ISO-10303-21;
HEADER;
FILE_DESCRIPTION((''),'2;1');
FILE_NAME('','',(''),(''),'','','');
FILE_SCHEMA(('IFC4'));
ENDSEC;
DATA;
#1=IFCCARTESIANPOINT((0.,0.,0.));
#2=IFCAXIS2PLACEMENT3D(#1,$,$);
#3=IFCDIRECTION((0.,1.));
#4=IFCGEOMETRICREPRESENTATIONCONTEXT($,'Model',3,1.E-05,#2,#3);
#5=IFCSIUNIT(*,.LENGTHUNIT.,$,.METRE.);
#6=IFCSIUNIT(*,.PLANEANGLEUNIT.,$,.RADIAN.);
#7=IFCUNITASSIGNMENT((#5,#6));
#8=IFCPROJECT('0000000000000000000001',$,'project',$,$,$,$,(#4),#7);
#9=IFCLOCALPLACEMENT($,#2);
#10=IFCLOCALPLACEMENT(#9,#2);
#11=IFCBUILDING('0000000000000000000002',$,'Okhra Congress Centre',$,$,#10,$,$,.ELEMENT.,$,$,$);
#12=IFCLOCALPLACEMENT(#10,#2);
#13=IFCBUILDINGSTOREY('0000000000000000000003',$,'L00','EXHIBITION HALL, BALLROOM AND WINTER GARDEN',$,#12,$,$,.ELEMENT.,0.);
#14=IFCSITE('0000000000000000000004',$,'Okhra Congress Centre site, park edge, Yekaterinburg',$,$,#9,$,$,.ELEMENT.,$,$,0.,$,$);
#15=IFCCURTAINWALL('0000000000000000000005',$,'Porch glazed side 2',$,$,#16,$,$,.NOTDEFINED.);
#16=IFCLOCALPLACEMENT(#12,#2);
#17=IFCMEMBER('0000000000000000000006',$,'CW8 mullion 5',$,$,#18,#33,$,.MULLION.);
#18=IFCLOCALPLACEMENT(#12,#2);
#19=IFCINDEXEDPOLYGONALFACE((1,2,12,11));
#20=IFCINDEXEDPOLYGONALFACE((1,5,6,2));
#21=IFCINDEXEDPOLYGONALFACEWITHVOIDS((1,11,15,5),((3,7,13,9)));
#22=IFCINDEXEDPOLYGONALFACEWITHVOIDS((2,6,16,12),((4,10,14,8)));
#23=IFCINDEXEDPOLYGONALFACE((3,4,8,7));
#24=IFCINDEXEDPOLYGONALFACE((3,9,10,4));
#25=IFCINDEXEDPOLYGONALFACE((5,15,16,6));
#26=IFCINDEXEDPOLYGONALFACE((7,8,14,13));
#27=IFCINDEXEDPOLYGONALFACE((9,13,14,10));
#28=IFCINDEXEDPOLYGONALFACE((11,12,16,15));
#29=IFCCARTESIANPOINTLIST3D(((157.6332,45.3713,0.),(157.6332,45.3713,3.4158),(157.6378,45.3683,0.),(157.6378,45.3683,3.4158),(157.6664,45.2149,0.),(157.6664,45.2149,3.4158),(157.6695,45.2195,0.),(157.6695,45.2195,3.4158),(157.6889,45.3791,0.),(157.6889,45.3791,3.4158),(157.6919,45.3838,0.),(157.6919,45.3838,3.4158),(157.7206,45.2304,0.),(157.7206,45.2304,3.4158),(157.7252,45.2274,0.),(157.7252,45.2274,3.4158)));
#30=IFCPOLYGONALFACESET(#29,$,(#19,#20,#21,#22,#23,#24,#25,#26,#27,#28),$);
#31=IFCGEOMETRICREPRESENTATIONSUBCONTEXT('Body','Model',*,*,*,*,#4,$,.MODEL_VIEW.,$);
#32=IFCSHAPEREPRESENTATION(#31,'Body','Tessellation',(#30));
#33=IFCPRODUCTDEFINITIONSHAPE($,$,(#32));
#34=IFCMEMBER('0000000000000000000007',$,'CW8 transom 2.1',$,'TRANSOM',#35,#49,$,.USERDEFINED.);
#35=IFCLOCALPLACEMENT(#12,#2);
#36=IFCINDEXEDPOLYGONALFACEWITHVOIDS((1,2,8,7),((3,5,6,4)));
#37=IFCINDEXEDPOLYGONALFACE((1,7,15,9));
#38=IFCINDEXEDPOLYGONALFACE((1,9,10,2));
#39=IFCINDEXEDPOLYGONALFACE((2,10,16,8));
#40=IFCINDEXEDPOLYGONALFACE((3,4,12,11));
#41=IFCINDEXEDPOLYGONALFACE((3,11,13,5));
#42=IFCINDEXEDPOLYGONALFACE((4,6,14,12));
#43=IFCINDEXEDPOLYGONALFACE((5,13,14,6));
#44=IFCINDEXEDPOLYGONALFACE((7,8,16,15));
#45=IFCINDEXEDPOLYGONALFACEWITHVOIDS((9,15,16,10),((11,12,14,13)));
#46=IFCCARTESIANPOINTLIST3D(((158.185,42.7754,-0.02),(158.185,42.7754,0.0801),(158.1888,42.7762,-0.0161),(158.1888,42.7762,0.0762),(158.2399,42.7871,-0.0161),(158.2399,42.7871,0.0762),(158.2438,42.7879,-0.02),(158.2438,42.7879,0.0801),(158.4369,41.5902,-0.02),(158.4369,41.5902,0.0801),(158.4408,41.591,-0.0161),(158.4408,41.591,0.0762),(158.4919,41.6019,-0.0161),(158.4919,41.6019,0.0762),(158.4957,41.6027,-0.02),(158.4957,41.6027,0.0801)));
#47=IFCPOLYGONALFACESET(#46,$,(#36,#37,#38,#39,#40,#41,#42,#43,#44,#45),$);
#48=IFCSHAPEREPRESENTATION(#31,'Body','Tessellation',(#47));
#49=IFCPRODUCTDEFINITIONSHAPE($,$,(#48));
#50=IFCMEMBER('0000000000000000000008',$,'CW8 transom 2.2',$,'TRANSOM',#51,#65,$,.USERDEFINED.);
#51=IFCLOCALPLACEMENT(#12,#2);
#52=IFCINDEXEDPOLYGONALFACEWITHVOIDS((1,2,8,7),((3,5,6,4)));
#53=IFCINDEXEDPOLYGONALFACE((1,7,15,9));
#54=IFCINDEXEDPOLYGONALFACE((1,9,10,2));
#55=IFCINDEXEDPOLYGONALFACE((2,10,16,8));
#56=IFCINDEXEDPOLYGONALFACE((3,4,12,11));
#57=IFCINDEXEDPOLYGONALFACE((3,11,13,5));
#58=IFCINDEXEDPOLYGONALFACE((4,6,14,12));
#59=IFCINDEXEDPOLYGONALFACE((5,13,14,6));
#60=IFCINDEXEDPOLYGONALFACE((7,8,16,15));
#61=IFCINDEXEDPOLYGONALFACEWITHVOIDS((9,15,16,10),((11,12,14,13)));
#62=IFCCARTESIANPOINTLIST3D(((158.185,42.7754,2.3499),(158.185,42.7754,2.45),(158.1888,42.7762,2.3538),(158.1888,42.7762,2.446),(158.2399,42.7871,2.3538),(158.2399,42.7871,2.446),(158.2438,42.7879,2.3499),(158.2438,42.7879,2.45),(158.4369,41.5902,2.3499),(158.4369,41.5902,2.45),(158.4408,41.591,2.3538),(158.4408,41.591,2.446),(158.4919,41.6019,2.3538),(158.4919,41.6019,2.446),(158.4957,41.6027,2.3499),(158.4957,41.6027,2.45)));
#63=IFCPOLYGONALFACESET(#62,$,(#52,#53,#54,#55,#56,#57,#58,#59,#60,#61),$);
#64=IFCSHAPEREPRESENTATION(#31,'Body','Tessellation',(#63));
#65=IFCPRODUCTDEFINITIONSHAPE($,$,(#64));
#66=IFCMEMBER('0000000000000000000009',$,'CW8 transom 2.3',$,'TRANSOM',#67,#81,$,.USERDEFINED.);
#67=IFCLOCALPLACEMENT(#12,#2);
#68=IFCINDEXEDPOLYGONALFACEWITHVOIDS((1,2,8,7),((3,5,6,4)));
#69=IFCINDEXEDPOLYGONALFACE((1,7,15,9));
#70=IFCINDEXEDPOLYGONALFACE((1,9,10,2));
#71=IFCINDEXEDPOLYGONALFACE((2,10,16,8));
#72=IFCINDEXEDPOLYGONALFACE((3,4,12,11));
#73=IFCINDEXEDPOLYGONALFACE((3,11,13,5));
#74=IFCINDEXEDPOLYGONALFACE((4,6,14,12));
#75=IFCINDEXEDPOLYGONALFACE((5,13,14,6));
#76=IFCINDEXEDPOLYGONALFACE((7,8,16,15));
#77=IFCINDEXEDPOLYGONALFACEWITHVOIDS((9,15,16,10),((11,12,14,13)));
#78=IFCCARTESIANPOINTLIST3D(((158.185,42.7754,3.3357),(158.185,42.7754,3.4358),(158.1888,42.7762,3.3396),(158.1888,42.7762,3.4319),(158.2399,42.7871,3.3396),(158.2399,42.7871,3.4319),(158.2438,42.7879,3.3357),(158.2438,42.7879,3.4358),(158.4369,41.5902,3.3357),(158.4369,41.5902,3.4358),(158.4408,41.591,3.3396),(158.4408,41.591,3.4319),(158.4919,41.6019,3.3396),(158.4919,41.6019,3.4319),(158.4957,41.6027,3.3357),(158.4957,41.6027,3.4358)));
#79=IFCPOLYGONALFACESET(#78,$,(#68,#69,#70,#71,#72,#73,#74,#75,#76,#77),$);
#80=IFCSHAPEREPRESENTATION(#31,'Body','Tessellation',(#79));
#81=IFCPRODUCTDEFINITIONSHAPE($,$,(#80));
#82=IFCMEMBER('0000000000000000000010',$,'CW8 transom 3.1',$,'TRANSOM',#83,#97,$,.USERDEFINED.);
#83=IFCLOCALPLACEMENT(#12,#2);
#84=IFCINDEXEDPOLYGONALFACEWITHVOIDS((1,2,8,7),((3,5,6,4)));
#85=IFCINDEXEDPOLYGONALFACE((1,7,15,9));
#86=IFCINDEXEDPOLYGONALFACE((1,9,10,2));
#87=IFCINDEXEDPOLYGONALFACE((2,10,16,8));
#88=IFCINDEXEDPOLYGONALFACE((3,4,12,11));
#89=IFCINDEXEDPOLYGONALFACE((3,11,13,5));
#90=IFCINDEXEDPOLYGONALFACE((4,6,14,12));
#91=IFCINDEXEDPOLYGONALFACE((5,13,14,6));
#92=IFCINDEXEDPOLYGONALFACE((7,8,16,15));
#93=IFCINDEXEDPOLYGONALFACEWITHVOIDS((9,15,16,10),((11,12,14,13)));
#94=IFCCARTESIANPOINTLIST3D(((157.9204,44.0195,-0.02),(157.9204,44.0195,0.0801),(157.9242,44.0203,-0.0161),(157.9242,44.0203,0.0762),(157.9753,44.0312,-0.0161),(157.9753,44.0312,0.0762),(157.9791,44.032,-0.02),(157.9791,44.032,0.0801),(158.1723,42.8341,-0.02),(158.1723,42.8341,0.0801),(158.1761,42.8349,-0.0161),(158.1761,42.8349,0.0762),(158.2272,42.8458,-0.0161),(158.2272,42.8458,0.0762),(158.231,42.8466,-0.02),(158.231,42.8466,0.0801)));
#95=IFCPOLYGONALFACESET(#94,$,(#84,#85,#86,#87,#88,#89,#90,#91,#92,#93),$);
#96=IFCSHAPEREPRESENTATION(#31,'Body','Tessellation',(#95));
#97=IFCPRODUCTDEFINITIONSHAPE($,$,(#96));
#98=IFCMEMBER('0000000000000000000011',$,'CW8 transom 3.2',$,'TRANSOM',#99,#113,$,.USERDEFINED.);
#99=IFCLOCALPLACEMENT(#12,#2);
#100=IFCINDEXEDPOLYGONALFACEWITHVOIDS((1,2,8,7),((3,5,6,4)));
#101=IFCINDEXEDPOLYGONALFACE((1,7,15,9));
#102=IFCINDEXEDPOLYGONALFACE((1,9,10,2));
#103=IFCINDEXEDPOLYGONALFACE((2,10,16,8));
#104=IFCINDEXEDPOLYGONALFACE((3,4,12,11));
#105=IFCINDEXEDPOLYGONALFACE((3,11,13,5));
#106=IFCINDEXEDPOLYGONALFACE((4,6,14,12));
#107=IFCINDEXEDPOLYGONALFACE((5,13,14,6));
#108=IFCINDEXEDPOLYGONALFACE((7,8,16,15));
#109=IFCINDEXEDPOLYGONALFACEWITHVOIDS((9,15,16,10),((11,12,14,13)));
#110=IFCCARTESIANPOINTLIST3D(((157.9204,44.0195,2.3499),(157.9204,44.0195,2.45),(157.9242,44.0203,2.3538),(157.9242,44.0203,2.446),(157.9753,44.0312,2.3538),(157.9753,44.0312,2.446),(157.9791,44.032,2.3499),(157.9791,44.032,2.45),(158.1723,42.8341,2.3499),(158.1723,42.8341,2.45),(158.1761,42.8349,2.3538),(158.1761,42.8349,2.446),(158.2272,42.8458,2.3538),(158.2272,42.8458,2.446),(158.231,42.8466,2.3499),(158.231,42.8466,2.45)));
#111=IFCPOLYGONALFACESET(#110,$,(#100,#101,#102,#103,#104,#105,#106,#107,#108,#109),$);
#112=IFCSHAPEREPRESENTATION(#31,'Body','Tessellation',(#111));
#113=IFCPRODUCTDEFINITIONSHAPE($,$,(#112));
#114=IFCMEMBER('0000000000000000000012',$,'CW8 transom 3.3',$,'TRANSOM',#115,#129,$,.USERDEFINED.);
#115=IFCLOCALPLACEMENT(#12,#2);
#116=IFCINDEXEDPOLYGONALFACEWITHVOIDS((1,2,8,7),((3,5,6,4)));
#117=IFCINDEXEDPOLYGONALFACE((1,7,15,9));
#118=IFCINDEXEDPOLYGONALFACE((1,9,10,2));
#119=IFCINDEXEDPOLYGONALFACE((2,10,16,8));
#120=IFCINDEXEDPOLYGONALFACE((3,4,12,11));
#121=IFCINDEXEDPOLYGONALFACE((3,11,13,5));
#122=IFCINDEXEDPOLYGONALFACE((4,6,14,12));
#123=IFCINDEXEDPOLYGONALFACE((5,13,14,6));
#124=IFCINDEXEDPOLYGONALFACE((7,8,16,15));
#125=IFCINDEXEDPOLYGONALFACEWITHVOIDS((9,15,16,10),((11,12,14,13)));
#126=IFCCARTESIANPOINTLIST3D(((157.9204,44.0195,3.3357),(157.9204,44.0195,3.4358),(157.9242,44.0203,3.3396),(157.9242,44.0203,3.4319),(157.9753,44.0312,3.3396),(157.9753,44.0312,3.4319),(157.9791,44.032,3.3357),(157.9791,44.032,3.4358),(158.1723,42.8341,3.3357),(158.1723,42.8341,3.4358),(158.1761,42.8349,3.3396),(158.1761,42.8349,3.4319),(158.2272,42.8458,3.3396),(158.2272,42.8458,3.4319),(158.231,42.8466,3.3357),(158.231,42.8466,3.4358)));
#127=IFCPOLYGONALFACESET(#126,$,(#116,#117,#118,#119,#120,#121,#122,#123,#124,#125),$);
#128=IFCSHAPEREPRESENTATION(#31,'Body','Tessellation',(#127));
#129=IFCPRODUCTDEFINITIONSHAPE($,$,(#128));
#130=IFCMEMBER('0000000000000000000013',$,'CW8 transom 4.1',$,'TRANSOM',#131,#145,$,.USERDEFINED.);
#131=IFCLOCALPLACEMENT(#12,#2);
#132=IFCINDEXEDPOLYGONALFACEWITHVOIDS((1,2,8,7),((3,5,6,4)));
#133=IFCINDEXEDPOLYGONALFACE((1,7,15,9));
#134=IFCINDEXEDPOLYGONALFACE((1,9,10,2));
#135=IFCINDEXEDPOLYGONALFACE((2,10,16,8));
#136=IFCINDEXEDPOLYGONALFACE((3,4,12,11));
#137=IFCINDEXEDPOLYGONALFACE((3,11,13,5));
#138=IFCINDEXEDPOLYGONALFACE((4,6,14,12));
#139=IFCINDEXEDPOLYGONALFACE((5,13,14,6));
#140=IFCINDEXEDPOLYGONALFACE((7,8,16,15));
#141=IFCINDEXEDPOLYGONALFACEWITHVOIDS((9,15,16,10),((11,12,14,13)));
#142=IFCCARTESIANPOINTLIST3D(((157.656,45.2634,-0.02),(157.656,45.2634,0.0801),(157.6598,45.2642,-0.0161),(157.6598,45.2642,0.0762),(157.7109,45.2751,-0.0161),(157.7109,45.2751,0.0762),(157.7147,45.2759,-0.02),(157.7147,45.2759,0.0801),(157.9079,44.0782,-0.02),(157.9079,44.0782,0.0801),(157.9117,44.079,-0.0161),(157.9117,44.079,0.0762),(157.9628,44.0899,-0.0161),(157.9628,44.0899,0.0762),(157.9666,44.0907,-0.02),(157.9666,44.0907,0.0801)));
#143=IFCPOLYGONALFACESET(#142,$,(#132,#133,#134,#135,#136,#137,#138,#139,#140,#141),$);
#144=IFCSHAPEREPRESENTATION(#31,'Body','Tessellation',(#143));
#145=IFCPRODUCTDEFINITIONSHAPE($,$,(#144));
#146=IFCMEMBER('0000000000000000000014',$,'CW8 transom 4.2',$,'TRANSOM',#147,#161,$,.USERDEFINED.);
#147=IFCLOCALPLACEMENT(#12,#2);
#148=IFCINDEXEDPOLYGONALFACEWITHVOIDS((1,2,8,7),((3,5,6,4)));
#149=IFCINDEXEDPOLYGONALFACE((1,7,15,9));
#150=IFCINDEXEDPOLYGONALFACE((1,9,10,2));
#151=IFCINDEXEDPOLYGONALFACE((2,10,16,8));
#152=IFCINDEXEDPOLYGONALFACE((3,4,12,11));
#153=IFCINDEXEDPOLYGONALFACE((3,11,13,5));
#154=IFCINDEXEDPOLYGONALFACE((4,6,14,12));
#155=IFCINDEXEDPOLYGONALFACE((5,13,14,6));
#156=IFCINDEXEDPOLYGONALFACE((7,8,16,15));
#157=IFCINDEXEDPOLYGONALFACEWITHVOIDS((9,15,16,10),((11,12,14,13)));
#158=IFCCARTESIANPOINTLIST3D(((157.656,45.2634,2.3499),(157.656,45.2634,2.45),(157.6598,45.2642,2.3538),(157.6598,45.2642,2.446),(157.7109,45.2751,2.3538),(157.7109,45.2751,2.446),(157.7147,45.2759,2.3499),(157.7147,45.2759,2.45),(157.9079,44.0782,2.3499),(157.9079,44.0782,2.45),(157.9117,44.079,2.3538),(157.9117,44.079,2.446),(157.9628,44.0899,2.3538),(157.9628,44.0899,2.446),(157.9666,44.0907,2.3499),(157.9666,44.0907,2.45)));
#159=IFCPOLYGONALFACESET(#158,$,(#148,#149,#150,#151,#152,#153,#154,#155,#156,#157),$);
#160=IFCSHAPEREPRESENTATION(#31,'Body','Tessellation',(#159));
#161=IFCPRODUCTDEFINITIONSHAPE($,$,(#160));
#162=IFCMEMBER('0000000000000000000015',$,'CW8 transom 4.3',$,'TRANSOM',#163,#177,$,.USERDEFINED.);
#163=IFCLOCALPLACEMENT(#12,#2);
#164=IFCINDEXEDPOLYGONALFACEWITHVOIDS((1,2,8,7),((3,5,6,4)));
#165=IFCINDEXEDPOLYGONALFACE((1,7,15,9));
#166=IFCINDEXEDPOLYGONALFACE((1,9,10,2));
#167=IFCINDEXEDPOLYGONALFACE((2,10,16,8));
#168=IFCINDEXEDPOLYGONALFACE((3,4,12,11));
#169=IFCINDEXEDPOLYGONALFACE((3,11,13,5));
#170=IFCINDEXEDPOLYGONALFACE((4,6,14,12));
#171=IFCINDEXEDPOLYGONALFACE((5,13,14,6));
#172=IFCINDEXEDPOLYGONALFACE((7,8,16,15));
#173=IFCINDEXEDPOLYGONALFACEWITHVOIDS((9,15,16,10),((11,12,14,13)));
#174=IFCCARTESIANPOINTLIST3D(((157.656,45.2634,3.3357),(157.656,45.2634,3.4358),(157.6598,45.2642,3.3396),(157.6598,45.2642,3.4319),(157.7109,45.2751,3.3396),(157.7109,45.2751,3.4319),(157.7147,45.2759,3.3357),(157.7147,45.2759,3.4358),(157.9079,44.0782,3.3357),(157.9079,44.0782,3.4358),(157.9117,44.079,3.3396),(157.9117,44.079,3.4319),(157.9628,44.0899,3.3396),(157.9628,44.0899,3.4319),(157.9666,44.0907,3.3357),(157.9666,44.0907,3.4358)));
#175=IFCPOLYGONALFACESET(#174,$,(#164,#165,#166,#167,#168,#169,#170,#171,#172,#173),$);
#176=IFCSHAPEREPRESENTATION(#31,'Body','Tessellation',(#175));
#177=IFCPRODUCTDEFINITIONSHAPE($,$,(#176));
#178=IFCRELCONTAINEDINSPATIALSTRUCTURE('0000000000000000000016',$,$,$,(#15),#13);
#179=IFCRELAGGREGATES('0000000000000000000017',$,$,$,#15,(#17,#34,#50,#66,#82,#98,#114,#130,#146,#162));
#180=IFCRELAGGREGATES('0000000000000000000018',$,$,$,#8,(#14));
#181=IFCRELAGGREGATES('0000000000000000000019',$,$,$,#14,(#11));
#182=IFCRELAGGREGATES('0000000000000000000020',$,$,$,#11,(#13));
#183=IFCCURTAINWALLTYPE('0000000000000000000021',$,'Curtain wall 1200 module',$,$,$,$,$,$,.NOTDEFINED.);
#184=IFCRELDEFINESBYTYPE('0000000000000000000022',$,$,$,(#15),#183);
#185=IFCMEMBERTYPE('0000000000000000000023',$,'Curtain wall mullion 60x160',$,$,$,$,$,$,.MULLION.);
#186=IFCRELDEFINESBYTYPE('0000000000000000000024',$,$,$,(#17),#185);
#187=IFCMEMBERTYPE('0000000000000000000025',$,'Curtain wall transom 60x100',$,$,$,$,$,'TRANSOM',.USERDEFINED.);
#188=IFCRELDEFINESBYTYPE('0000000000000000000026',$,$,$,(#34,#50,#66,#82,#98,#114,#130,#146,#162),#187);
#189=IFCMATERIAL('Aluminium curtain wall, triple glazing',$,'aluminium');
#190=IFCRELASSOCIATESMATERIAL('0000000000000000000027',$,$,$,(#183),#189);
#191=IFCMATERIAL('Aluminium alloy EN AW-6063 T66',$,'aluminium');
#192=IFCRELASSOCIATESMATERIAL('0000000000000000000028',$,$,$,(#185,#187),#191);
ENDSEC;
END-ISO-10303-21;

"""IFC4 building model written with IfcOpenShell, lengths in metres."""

from ifc_helpers import new_model, si_unit, direction, frame, origin, origin_2d, place, context, subcontext, project, spatial, hollow_rectangle, extrude, material, material_profile, profile_set, type_object, element, aggregate, save


model = new_model("IFC4")

# Units and contexts
model_context = context("Model", 3, precision=1e-05, world=origin(), true_north=direction((0.0, 1.0)))
body_context = subcontext(model_context, "Body", "Model", "MODEL_VIEW")
ifc_project = project(units=[si_unit("LENGTHUNIT", "METRE"), si_unit("PLANEANGLEUNIT", "RADIAN")], contexts=[model_context])

# Site, building, storey
site_placement = place(None, origin())
site = spatial("IfcSite", under=ifc_project, at=site_placement, Name="Okhra Congress Centre site, park edge, Yekaterinburg", CompositionType="ELEMENT", RefElevation=0.0)
building_placement = place(site_placement, origin())
building = spatial("IfcBuilding", under=site, at=building_placement, Name="Okhra Congress Centre", CompositionType="ELEMENT")
storey_placement = place(building_placement, origin())
storey = spatial("IfcBuildingStorey", under=building, at=storey_placement, Name="L00", Description="EXHIBITION HALL, BALLROOM AND WINTER GARDEN", CompositionType="ELEMENT", Elevation=0.0)

# Curtain wall, members
ifc_material_1 = material(Name="Aluminium curtain wall, triple glazing", Category="aluminium")
curtain_wall_type = type_object("IfcCurtainWallType", Name="Curtain wall 1200 module", PredefinedType="NOTDEFINED", material=ifc_material_1)
curtain_wall_placement = place(storey_placement, origin())
curtain_wall = element("IfcCurtainWall", 1, at=curtain_wall_placement, inside=storey, type_object=curtain_wall_type, Name="Porch glazed side 2", PredefinedType="NOTDEFINED")
ifc_material_2 = material(Name="Aluminium alloy EN AW-6063 T66", Category="aluminium")
ifc_material_profile_1 = material_profile(ifc_material_2, hollow_rectangle(XDim=0.0601, YDim=0.1599, WallThickness=0.0039, at=origin_2d()), Name="RHS 60x160x4")
ifc_profile_set_1 = profile_set([ifc_material_profile_1], Name="Aluminium alloy EN AW-6063 T66")
member_type_1 = type_object("IfcMemberType", Name="Curtain wall mullion 60x160", PredefinedType="MULLION", material=ifc_profile_set_1)
member_1_placement = place(storey_placement, frame((157.6792, 45.2993, 0.0), z_axis=(0.0, 0.0, 1.0), x_axis=(-0.978148, -0.207912, 0.0)))
member_1 = element("IfcMember", 2, at=member_1_placement, type_object=member_type_1, Name="CW8 mullion 5", PredefinedType="MULLION", context=body_context, shape_type="SweptSolid", body=[
    extrude(hollow_rectangle(XDim=0.0601, YDim=0.1599, WallThickness=0.0039, at=origin_2d()), origin(), (0.0, 0.0, 1.0), 3.4158),
])
ifc_material_profile_2 = material_profile(ifc_material_2, hollow_rectangle(XDim=0.0601, YDim=0.1001, WallThickness=0.0039, at=origin_2d()), Name="RHS 60x100x4")
ifc_profile_set_2 = profile_set([ifc_material_profile_2], Name="Aluminium alloy EN AW-6063 T66")
member_type_2 = type_object("IfcMemberType", Name="Curtain wall transom 60x100", ElementType="TRANSOM", PredefinedType="USERDEFINED", material=ifc_profile_set_2)
member_2_placement = place(storey_placement, frame((158.4663, 41.5964, 0.03), z_axis=(-0.207919, 0.978146, 0.0), x_axis=(-0.978146, -0.207919, 0.0)))
member_2 = element("IfcMember", 3, at=member_2_placement, type_object=member_type_2, Name="CW8 transom 2.1", ObjectType="TRANSOM", PredefinedType="USERDEFINED", context=body_context, shape_type="SweptSolid", body=[
    extrude(hollow_rectangle(XDim=0.0601, YDim=0.1001, WallThickness=0.0039, at=origin_2d()), origin(), (0.0, 0.0, 1.0), 1.2117),
])
member_3_placement = place(storey_placement, frame((158.4663, 41.5964, 2.3999), z_axis=(-0.207919, 0.978146, 0.0), x_axis=(-0.978146, -0.207919, 0.0)))
member_3 = element("IfcMember", 4, at=member_3_placement, type_object=member_type_2, Name="CW8 transom 2.2", ObjectType="TRANSOM", PredefinedType="USERDEFINED", context=body_context, shape_type="SweptSolid", body=[
    extrude(hollow_rectangle(XDim=0.0601, YDim=0.1001, WallThickness=0.0039, at=origin_2d()), origin(), (0.0, 0.0, 1.0), 1.2117),
])
member_4_placement = place(storey_placement, frame((158.4663, 41.5964, 3.3857), z_axis=(-0.207919, 0.978146, 0.0), x_axis=(-0.978146, -0.207919, 0.0)))
member_4 = element("IfcMember", 5, at=member_4_placement, type_object=member_type_2, Name="CW8 transom 2.3", ObjectType="TRANSOM", PredefinedType="USERDEFINED", context=body_context, shape_type="SweptSolid", body=[
    extrude(hollow_rectangle(XDim=0.0601, YDim=0.1001, WallThickness=0.0039, at=origin_2d()), origin(), (0.0, 0.0, 1.0), 1.2117),
])
member_5_placement = place(storey_placement, frame((158.2017, 42.8403, 0.03), z_axis=(-0.207878, 0.978155, 0.0), x_axis=(-0.978155, -0.207878, 0.0)))
member_5 = element("IfcMember", 6, at=member_5_placement, type_object=member_type_2, Name="CW8 transom 3.1", ObjectType="TRANSOM", PredefinedType="USERDEFINED", context=body_context, shape_type="SweptSolid", body=[
    extrude(hollow_rectangle(XDim=0.0601, YDim=0.1001, WallThickness=0.0039, at=origin_2d()), origin(), (0.0, 0.0, 1.0), 1.2119),
])
member_6_placement = place(storey_placement, frame((158.2017, 42.8403, 2.3999), z_axis=(-0.207878, 0.978155, 0.0), x_axis=(-0.978155, -0.207878, 0.0)))
member_6 = element("IfcMember", 7, at=member_6_placement, type_object=member_type_2, Name="CW8 transom 3.2", ObjectType="TRANSOM", PredefinedType="USERDEFINED", context=body_context, shape_type="SweptSolid", body=[
    extrude(hollow_rectangle(XDim=0.0601, YDim=0.1001, WallThickness=0.0039, at=origin_2d()), origin(), (0.0, 0.0, 1.0), 1.2119),
])
member_7_placement = place(storey_placement, frame((158.2017, 42.8403, 3.3857), z_axis=(-0.207878, 0.978155, 0.0), x_axis=(-0.978155, -0.207878, 0.0)))
member_7 = element("IfcMember", 8, at=member_7_placement, type_object=member_type_2, Name="CW8 transom 3.3", ObjectType="TRANSOM", PredefinedType="USERDEFINED", context=body_context, shape_type="SweptSolid", body=[
    extrude(hollow_rectangle(XDim=0.0601, YDim=0.1001, WallThickness=0.0039, at=origin_2d()), origin(), (0.0, 0.0, 1.0), 1.2119),
])
member_8_placement = place(storey_placement, frame((157.9373, 44.0845, 0.03), z_axis=(-0.207919, 0.978146, 0.0), x_axis=(-0.978146, -0.207919, 0.0)))
member_8 = element("IfcMember", 9, at=member_8_placement, type_object=member_type_2, Name="CW8 transom 4.1", ObjectType="TRANSOM", PredefinedType="USERDEFINED", context=body_context, shape_type="SweptSolid", body=[
    extrude(hollow_rectangle(XDim=0.0601, YDim=0.1001, WallThickness=0.0039, at=origin_2d()), origin(), (0.0, 0.0, 1.0), 1.2117),
])
member_9_placement = place(storey_placement, frame((157.9373, 44.0845, 2.3999), z_axis=(-0.207919, 0.978146, 0.0), x_axis=(-0.978146, -0.207919, 0.0)))
member_9 = element("IfcMember", 10, at=member_9_placement, type_object=member_type_2, Name="CW8 transom 4.2", ObjectType="TRANSOM", PredefinedType="USERDEFINED", context=body_context, shape_type="SweptSolid", body=[
    extrude(hollow_rectangle(XDim=0.0601, YDim=0.1001, WallThickness=0.0039, at=origin_2d()), origin(), (0.0, 0.0, 1.0), 1.2117),
])
member_10_placement = place(storey_placement, frame((157.9373, 44.0845, 3.3857), z_axis=(-0.207919, 0.978146, 0.0), x_axis=(-0.978146, -0.207919, 0.0)))
member_10 = element("IfcMember", 11, at=member_10_placement, type_object=member_type_2, Name="CW8 transom 4.3", ObjectType="TRANSOM", PredefinedType="USERDEFINED", context=body_context, shape_type="SweptSolid", body=[
    extrude(hollow_rectangle(XDim=0.0601, YDim=0.1001, WallThickness=0.0039, at=origin_2d()), origin(), (0.0, 0.0, 1.0), 1.2117),
])

aggregate(curtain_wall, [member_1, member_2, member_3, member_4, member_5, member_6, member_7, member_8, member_9, member_10])

save(model, "model.ifc")
